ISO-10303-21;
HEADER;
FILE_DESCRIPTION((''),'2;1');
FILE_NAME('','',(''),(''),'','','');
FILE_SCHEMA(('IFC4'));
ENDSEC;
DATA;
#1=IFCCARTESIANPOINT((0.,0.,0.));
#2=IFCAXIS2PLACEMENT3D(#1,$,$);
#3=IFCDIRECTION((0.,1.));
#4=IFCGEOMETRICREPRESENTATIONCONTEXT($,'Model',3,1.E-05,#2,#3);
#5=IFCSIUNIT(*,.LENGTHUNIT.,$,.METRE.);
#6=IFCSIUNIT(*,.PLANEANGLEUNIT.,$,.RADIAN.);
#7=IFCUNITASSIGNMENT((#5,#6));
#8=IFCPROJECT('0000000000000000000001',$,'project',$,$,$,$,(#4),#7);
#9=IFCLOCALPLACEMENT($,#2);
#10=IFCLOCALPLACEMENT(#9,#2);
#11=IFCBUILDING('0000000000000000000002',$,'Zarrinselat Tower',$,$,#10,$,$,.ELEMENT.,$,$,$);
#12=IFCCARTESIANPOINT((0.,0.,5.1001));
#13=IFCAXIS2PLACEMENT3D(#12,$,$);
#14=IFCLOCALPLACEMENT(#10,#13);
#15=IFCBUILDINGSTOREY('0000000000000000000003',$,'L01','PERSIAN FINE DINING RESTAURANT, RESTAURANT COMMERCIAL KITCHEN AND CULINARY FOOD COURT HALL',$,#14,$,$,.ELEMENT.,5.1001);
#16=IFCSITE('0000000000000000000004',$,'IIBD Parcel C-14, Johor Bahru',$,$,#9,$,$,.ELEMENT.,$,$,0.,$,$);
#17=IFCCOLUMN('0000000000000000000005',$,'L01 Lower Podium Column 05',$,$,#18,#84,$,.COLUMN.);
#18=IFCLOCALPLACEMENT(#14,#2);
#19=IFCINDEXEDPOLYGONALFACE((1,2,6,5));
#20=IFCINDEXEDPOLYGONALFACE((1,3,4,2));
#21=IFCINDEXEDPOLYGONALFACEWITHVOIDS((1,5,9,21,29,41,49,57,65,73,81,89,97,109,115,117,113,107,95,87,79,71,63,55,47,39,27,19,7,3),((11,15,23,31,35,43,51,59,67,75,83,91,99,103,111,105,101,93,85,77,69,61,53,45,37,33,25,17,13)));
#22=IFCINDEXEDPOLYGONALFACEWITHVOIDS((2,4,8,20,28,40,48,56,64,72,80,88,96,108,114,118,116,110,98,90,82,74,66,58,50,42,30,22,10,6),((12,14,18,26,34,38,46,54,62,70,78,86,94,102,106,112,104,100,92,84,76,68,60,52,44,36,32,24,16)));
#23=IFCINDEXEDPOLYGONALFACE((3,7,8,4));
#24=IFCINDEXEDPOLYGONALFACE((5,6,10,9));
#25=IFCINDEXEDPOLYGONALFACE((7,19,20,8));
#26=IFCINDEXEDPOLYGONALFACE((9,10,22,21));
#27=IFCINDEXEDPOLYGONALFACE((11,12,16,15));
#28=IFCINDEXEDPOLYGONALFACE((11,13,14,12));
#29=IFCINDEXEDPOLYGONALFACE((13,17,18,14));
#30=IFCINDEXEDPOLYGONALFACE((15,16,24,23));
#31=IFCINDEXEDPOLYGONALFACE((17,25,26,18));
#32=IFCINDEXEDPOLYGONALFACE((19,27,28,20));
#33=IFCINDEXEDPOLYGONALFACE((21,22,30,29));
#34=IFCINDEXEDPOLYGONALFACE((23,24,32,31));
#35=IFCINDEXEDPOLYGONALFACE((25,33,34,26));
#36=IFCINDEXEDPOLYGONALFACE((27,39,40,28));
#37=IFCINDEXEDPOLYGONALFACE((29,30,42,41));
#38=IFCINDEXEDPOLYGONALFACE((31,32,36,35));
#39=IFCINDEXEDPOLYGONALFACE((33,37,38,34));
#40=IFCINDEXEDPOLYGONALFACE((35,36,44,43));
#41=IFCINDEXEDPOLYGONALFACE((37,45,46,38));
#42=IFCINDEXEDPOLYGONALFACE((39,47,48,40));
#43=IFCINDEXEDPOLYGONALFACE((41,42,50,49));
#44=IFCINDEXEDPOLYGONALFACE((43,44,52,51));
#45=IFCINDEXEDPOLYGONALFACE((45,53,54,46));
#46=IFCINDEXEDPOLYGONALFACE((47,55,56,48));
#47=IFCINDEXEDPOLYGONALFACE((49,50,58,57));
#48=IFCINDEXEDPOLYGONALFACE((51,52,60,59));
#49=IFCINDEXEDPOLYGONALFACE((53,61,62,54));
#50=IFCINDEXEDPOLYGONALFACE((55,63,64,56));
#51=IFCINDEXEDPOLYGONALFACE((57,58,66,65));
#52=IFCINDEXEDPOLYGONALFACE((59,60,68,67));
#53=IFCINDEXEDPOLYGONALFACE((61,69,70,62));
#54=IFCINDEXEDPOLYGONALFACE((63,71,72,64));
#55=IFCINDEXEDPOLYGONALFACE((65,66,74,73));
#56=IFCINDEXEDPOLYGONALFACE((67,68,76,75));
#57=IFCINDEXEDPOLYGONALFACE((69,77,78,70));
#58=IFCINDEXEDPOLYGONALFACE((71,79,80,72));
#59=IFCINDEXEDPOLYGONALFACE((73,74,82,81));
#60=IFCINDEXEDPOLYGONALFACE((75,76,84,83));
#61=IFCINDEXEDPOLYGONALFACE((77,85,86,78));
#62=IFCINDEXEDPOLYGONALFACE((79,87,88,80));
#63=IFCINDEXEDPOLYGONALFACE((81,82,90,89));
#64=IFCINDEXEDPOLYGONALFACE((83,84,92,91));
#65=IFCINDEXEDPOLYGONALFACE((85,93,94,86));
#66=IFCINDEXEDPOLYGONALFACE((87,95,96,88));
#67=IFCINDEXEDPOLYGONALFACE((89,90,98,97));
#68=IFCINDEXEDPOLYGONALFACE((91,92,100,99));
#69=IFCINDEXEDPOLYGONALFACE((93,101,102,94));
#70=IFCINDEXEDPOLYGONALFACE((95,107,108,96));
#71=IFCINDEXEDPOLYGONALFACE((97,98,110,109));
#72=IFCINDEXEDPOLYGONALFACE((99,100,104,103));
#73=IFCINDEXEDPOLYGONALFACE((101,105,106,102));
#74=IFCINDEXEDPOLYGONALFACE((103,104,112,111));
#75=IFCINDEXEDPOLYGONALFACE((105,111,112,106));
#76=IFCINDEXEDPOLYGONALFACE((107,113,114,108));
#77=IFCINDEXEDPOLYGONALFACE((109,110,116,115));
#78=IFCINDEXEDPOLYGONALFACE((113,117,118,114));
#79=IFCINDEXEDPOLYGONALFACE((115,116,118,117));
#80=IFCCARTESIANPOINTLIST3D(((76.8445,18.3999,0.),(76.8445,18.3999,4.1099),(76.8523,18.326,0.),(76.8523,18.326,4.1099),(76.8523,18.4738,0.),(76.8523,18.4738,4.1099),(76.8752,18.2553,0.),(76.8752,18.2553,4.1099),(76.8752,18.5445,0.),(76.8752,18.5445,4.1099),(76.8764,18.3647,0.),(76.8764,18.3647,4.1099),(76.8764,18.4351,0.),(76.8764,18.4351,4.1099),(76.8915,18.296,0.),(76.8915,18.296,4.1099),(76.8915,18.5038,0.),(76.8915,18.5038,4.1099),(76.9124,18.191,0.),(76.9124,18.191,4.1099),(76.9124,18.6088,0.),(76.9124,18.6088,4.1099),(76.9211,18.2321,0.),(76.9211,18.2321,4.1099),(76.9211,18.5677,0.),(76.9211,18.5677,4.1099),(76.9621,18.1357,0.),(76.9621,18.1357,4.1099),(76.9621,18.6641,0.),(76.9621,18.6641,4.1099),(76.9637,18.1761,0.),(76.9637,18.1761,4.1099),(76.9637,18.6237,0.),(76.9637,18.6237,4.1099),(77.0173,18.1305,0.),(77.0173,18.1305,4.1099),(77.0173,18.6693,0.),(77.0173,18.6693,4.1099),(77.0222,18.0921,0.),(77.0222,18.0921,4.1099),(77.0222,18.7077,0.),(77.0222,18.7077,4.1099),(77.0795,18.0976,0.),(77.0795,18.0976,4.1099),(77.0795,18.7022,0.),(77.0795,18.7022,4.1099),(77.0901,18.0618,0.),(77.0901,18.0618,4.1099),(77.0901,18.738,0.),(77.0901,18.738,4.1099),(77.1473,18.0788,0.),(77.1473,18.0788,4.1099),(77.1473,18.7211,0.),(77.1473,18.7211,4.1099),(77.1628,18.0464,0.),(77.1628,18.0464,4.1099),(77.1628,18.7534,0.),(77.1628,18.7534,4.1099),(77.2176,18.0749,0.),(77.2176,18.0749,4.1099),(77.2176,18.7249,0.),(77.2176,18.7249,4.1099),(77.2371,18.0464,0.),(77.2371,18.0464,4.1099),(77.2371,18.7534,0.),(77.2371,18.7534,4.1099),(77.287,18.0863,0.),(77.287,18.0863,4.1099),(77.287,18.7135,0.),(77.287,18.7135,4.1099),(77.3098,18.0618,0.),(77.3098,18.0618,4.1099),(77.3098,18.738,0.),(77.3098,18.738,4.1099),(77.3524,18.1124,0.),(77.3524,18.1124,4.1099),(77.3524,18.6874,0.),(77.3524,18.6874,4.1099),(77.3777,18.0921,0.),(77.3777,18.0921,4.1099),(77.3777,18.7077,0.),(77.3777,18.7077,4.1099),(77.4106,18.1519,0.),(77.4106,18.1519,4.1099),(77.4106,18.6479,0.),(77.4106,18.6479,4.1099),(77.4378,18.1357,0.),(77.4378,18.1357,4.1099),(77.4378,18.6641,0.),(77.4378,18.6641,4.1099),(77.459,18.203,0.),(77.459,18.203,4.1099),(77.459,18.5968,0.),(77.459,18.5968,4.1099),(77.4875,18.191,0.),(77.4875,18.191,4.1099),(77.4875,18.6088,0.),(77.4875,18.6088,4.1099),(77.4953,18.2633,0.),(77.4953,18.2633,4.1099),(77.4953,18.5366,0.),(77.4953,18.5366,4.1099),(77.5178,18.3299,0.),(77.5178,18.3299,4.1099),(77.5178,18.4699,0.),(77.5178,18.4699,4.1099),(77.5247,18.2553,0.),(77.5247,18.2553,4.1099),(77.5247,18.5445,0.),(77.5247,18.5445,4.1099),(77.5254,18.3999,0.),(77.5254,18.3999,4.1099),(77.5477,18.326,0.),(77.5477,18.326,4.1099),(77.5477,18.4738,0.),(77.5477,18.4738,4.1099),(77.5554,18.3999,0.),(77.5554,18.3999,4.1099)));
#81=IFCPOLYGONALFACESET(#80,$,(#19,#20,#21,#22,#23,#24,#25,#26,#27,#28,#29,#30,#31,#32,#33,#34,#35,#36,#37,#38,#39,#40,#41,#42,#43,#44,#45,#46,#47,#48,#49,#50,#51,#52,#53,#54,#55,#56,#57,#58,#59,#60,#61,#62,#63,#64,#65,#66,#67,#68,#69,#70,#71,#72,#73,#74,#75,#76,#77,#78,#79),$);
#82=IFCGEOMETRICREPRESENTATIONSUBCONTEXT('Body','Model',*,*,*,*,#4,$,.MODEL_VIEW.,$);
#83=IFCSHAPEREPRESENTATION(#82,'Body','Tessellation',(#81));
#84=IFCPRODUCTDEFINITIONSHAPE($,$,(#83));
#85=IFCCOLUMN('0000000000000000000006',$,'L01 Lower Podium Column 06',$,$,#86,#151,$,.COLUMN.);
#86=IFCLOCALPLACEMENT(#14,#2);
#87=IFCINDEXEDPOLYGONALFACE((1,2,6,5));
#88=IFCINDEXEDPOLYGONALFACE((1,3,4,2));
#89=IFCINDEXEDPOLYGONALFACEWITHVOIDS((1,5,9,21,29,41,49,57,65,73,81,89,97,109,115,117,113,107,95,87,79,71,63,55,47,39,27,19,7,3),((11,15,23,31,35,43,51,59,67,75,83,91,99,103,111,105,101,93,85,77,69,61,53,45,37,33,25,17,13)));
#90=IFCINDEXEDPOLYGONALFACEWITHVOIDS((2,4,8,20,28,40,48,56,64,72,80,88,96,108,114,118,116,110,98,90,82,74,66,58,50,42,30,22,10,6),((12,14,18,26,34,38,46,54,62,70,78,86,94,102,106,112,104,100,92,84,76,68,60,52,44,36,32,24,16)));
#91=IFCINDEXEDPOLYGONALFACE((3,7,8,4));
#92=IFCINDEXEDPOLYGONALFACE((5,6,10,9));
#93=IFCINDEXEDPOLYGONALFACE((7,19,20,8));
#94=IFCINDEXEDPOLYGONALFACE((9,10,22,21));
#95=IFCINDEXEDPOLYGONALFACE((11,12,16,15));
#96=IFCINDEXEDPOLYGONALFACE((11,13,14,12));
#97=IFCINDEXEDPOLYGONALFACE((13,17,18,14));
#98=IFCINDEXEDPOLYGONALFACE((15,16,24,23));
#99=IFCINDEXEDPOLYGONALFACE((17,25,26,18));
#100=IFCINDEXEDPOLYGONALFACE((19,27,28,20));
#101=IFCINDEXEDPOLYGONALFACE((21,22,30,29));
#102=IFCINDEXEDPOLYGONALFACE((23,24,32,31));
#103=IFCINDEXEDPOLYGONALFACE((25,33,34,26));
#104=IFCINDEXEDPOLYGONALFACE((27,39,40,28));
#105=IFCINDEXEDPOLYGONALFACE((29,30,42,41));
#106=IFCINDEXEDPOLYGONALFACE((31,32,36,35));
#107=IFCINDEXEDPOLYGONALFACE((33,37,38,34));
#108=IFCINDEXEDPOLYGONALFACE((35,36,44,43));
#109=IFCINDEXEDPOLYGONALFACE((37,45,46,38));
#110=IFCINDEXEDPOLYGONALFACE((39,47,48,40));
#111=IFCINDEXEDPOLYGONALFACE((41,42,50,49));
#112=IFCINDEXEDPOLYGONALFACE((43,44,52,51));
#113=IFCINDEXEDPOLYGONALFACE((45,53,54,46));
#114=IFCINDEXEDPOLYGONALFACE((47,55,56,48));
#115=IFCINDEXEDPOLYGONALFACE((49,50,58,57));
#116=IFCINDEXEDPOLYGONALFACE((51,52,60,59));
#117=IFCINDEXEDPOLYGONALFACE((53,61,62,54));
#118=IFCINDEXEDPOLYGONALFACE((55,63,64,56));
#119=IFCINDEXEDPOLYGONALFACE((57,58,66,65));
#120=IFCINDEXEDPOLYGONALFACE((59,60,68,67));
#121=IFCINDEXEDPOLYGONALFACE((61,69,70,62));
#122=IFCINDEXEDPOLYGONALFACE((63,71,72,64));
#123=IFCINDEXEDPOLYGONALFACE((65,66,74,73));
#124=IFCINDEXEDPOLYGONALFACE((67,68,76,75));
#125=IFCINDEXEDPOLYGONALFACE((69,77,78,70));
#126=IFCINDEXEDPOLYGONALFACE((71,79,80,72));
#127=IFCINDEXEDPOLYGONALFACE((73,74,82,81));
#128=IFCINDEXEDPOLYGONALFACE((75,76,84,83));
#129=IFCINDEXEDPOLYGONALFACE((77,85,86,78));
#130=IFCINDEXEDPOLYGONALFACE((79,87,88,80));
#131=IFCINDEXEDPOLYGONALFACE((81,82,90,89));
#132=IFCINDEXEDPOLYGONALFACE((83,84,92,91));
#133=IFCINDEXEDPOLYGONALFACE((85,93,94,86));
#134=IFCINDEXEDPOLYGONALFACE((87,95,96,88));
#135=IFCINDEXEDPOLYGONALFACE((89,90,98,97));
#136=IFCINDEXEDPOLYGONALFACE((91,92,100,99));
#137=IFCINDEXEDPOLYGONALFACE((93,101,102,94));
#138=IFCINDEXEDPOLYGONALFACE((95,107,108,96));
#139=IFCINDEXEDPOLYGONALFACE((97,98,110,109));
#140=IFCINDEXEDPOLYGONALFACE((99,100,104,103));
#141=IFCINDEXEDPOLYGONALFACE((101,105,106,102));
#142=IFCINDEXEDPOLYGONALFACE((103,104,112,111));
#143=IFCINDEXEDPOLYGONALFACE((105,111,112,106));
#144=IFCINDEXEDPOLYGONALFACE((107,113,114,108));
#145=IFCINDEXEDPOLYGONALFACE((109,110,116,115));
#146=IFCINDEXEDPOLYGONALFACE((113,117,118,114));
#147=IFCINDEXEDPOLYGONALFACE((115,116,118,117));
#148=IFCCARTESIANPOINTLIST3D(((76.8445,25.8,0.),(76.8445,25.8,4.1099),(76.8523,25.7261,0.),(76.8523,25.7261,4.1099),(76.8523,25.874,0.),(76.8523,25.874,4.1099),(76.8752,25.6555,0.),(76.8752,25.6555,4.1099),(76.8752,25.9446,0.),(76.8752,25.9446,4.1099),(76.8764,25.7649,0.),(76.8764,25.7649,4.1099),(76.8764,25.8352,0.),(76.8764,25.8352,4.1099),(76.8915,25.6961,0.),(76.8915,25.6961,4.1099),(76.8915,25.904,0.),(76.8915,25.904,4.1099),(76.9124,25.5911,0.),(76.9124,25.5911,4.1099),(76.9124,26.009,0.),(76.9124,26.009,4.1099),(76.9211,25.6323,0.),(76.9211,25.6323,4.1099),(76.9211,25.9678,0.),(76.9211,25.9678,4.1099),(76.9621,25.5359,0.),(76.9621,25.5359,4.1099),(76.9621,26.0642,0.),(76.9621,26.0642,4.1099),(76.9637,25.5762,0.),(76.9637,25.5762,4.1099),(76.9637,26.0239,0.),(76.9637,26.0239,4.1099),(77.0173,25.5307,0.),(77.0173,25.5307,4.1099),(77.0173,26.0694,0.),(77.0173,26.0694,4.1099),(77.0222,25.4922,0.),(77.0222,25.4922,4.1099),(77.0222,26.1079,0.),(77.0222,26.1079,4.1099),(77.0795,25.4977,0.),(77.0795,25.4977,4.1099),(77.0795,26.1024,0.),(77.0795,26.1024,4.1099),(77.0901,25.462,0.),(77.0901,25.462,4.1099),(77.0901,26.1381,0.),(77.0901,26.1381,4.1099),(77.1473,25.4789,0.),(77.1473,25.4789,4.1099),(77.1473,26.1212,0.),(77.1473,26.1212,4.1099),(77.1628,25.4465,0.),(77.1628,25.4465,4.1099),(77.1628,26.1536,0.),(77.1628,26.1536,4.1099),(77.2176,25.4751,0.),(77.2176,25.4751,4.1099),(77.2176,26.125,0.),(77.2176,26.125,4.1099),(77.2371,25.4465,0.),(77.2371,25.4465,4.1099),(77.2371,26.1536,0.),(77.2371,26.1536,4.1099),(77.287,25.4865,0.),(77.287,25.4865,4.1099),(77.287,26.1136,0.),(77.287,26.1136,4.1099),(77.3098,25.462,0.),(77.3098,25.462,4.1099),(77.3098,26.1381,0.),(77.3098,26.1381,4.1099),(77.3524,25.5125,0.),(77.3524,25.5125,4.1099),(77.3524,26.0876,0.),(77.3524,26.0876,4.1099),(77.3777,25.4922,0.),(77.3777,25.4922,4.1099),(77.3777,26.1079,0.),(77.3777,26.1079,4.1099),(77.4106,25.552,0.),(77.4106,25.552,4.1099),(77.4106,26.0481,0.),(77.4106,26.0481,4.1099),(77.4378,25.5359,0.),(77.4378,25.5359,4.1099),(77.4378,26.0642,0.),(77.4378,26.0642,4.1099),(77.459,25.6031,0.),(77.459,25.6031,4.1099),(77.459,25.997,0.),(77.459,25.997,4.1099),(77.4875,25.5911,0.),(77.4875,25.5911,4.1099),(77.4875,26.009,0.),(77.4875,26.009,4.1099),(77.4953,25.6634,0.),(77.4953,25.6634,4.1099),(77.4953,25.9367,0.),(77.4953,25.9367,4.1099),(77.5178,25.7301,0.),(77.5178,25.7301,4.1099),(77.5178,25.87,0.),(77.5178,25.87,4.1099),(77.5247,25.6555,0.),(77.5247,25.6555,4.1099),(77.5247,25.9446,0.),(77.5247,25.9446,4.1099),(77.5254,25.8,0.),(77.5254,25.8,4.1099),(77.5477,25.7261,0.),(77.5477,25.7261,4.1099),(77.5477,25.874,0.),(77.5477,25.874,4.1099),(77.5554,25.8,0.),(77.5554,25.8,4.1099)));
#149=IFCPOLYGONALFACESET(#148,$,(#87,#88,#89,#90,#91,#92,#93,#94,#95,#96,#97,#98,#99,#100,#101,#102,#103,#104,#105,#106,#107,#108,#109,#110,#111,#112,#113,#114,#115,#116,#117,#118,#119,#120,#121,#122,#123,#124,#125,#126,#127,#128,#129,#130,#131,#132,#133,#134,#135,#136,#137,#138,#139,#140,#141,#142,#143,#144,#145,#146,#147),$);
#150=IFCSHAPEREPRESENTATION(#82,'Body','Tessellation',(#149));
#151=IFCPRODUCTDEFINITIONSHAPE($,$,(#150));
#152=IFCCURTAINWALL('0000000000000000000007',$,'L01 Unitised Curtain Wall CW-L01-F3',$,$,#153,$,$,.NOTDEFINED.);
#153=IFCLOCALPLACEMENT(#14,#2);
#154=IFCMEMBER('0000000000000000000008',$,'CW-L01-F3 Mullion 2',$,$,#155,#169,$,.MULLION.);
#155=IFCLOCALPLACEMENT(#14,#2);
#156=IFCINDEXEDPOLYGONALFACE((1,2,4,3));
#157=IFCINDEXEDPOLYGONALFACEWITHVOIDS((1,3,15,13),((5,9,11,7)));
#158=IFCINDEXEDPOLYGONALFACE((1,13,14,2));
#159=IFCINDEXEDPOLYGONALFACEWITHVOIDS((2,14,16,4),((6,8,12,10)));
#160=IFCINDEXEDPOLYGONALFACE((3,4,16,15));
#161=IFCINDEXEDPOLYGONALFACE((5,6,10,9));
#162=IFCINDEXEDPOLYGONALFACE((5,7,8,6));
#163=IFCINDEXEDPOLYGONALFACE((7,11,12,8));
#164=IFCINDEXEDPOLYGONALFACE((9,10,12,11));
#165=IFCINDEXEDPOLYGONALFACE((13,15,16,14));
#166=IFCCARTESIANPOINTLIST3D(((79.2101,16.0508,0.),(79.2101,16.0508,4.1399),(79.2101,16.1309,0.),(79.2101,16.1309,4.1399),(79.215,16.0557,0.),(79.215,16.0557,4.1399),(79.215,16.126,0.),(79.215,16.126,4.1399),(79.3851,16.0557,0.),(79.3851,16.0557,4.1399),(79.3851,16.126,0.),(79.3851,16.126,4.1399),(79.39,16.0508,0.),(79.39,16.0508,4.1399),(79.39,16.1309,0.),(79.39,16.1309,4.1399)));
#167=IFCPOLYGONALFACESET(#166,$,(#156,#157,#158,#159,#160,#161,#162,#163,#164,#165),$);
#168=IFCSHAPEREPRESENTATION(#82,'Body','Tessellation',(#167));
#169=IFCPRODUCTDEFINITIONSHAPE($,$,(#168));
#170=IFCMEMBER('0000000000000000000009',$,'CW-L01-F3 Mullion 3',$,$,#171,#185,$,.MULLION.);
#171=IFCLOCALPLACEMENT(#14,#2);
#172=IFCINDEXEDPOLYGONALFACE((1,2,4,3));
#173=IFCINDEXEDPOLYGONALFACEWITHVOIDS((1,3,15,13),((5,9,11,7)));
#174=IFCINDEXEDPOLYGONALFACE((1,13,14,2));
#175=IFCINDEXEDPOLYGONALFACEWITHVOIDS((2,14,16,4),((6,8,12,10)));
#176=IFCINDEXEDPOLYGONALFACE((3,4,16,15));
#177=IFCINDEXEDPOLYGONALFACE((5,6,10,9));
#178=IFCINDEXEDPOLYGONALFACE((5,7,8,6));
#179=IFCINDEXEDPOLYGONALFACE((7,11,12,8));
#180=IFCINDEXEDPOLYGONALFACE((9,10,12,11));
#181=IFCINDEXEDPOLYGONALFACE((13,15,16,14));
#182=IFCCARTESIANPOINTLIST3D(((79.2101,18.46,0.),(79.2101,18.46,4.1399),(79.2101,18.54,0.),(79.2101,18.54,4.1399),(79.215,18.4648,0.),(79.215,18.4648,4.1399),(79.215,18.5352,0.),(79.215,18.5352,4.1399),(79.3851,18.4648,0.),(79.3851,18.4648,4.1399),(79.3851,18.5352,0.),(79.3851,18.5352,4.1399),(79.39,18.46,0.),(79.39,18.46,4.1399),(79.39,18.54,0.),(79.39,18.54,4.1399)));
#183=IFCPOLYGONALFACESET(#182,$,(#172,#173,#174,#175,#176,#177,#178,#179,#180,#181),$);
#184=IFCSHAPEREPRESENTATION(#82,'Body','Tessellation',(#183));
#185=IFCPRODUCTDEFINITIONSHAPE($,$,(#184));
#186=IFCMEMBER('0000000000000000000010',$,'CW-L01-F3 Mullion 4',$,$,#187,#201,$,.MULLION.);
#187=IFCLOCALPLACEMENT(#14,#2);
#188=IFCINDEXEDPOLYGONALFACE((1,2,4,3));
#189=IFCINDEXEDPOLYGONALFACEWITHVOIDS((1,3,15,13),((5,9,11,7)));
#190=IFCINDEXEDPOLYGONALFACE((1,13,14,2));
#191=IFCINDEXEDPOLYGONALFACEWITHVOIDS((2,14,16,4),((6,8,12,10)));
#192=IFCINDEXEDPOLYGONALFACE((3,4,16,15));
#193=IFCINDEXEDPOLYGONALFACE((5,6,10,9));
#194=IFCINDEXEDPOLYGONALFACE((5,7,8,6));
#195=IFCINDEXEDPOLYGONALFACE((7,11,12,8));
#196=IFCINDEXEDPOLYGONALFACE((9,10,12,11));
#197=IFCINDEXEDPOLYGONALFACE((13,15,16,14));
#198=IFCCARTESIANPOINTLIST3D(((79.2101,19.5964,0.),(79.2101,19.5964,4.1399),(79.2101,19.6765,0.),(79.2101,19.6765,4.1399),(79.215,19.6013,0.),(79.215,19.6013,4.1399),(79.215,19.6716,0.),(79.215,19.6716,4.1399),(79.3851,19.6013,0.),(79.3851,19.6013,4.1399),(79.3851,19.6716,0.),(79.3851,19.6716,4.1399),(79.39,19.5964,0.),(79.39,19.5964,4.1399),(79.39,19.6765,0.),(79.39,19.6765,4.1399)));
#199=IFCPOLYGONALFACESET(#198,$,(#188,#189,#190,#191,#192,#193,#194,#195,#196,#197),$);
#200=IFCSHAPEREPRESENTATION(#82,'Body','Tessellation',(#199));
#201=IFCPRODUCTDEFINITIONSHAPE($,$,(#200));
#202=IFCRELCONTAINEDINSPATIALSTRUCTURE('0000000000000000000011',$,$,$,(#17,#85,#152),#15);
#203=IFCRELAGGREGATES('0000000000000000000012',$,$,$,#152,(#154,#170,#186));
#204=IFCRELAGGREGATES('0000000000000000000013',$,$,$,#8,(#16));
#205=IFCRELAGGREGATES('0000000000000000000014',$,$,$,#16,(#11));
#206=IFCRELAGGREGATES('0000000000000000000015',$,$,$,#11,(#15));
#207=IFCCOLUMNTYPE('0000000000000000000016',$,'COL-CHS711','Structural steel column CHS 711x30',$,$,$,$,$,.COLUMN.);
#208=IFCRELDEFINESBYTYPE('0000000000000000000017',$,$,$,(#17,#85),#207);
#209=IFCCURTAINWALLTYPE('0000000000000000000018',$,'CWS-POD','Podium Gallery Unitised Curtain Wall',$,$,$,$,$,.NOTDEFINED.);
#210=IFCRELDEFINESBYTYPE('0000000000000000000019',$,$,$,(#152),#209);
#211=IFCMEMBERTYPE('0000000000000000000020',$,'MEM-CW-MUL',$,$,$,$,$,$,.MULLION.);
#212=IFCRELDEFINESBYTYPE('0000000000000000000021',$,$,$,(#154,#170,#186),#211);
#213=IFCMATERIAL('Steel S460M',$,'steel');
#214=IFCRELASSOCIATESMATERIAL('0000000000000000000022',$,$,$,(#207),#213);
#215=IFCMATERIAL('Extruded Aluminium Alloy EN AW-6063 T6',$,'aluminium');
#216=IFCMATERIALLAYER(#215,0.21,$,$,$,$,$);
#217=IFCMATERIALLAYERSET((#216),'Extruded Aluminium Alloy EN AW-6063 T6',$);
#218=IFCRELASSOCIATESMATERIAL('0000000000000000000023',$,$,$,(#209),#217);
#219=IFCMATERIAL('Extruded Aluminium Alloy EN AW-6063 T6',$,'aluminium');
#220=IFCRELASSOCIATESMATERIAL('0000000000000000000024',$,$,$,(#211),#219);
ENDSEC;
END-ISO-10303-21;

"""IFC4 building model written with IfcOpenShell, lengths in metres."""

from ifc_helpers import new_model, si_unit, direction, frame, origin, origin_2d, place, context, subcontext, project, spatial, hollow_rectangle, hollow_circle, extrude, material, layer, layer_set, material_profile, profile_set, type_object, element, aggregate, save


model = new_model("IFC4")

# Units and contexts
model_context = context("Model", 3, precision=1e-05, world=origin(), true_north=direction((0.0, 1.0)))
body_context = subcontext(model_context, "Body", "Model", "MODEL_VIEW")
ifc_project = project(units=[si_unit("LENGTHUNIT", "METRE"), si_unit("PLANEANGLEUNIT", "RADIAN")], contexts=[model_context])

# Site, building, storey
site_placement = place(None, origin())
site = spatial("IfcSite", under=ifc_project, at=site_placement, Name="IIBD Parcel C-14, Johor Bahru", CompositionType="ELEMENT", RefElevation=0.0)
building_placement = place(site_placement, origin())
building = spatial("IfcBuilding", under=site, at=building_placement, Name="Zarrinselat Tower", CompositionType="ELEMENT")
storey_placement = place(building_placement, frame((0.0, 0.0, 5.1001)))
storey = spatial("IfcBuildingStorey", under=building, at=storey_placement, Name="L01", Description="PERSIAN FINE DINING RESTAURANT, RESTAURANT COMMERCIAL KITCHEN AND CULINARY FOOD COURT HALL", CompositionType="ELEMENT", Elevation=5.1001)

# Columns
ifc_material_1 = material(Name="Steel S460M", Category="steel")
ifc_material_profile_1 = material_profile(ifc_material_1, hollow_circle(Radius=0.3555, WallThickness=0.03, at=origin_2d()), Name="CHS 711x30")
ifc_profile_set_1 = profile_set([ifc_material_profile_1], Name="Steel S460M")
column_type = type_object("IfcColumnType", Name="COL-CHS711", Description="Structural steel column CHS 711x30", PredefinedType="COLUMN", material=ifc_profile_set_1)
for number, where, z_axis, x_axis, name in (
    (1, (77.2, 18.3999, 0.0), (0.0, 0.0, 1.0), (1.0, 0.0, 0.0), "L01 Lower Podium Column 05"),
    (2, (77.2, 25.8, 0.0), (0.0, 0.0, 1.0), (1.0, 0.0, 0.0), "L01 Lower Podium Column 06"),
):
    element("IfcColumn", number, at=place(storey_placement, frame(where, z_axis=z_axis, x_axis=x_axis)), inside=storey, type_object=column_type, Name=name, PredefinedType="COLUMN", context=body_context, shape_type="SweptSolid", body=[
        extrude(hollow_circle(Radius=0.3555, WallThickness=0.03, at=origin_2d()), origin(), (0.0, 0.0, 1.0), 4.1099),
    ])

# Curtain wall, members
ifc_material_2 = material(Name="Extruded Aluminium Alloy EN AW-6063 T6", Category="aluminium")
ifc_layer_1 = layer(ifc_material_2, 0.21)
ifc_layer_set_1 = layer_set([ifc_layer_1], Name="Extruded Aluminium Alloy EN AW-6063 T6")
curtain_wall_type = type_object("IfcCurtainWallType", Name="CWS-POD", Description="Podium Gallery Unitised Curtain Wall", PredefinedType="NOTDEFINED", material=ifc_layer_set_1)
curtain_wall_placement = place(storey_placement, origin())
curtain_wall = element("IfcCurtainWall", 3, at=curtain_wall_placement, inside=storey, type_object=curtain_wall_type, Name="L01 Unitised Curtain Wall CW-L01-F3", PredefinedType="NOTDEFINED")
ifc_material_3 = material(Name="Extruded Aluminium Alloy EN AW-6063 T6", Category="aluminium")
ifc_material_profile_2 = material_profile(ifc_material_3, hollow_rectangle(XDim=0.0801, YDim=0.1799, WallThickness=0.0049, at=origin_2d()), Name="RHS 180x80x5")
ifc_profile_set_2 = profile_set([ifc_material_profile_2], Name="Extruded Aluminium Alloy EN AW-6063 T6")
member_type = type_object("IfcMemberType", Name="MEM-CW-MUL", PredefinedType="MULLION", material=ifc_profile_set_2)
member_1_placement = place(storey_placement, frame((79.3, 16.0908, 0.0), z_axis=(0.0, 0.0, 1.0), x_axis=(0.0, 1.0, 0.0)))
member_1 = element("IfcMember", 4, at=member_1_placement, type_object=member_type, Name="CW-L01-F3 Mullion 2", PredefinedType="MULLION", context=body_context, shape_type="SweptSolid", body=[
    extrude(hollow_rectangle(XDim=0.0801, YDim=0.1799, WallThickness=0.0049, at=origin_2d()), origin(), (0.0, 0.0, 1.0), 4.1399),
])
member_2_placement = place(storey_placement, frame((79.3, 18.5, 0.0), z_axis=(0.0, 0.0, 1.0), x_axis=(0.0, 1.0, 0.0)))
member_2 = element("IfcMember", 5, at=member_2_placement, type_object=member_type, Name="CW-L01-F3 Mullion 3", PredefinedType="MULLION", context=body_context, shape_type="SweptSolid", body=[
    extrude(hollow_rectangle(XDim=0.0801, YDim=0.1799, WallThickness=0.0049, at=origin_2d()), origin(), (0.0, 0.0, 1.0), 4.1399),
])
member_3_placement = place(storey_placement, frame((79.3, 19.6365, 0.0), z_axis=(0.0, 0.0, 1.0), x_axis=(0.0, 1.0, 0.0)))
member_3 = element("IfcMember", 6, at=member_3_placement, type_object=member_type, Name="CW-L01-F3 Mullion 4", PredefinedType="MULLION", context=body_context, shape_type="SweptSolid", body=[
    extrude(hollow_rectangle(XDim=0.0801, YDim=0.1799, WallThickness=0.0049, at=origin_2d()), origin(), (0.0, 0.0, 1.0), 4.1399),
])
aggregate(curtain_wall, [member_1, member_2, member_3])

save(model, "model.ifc")
